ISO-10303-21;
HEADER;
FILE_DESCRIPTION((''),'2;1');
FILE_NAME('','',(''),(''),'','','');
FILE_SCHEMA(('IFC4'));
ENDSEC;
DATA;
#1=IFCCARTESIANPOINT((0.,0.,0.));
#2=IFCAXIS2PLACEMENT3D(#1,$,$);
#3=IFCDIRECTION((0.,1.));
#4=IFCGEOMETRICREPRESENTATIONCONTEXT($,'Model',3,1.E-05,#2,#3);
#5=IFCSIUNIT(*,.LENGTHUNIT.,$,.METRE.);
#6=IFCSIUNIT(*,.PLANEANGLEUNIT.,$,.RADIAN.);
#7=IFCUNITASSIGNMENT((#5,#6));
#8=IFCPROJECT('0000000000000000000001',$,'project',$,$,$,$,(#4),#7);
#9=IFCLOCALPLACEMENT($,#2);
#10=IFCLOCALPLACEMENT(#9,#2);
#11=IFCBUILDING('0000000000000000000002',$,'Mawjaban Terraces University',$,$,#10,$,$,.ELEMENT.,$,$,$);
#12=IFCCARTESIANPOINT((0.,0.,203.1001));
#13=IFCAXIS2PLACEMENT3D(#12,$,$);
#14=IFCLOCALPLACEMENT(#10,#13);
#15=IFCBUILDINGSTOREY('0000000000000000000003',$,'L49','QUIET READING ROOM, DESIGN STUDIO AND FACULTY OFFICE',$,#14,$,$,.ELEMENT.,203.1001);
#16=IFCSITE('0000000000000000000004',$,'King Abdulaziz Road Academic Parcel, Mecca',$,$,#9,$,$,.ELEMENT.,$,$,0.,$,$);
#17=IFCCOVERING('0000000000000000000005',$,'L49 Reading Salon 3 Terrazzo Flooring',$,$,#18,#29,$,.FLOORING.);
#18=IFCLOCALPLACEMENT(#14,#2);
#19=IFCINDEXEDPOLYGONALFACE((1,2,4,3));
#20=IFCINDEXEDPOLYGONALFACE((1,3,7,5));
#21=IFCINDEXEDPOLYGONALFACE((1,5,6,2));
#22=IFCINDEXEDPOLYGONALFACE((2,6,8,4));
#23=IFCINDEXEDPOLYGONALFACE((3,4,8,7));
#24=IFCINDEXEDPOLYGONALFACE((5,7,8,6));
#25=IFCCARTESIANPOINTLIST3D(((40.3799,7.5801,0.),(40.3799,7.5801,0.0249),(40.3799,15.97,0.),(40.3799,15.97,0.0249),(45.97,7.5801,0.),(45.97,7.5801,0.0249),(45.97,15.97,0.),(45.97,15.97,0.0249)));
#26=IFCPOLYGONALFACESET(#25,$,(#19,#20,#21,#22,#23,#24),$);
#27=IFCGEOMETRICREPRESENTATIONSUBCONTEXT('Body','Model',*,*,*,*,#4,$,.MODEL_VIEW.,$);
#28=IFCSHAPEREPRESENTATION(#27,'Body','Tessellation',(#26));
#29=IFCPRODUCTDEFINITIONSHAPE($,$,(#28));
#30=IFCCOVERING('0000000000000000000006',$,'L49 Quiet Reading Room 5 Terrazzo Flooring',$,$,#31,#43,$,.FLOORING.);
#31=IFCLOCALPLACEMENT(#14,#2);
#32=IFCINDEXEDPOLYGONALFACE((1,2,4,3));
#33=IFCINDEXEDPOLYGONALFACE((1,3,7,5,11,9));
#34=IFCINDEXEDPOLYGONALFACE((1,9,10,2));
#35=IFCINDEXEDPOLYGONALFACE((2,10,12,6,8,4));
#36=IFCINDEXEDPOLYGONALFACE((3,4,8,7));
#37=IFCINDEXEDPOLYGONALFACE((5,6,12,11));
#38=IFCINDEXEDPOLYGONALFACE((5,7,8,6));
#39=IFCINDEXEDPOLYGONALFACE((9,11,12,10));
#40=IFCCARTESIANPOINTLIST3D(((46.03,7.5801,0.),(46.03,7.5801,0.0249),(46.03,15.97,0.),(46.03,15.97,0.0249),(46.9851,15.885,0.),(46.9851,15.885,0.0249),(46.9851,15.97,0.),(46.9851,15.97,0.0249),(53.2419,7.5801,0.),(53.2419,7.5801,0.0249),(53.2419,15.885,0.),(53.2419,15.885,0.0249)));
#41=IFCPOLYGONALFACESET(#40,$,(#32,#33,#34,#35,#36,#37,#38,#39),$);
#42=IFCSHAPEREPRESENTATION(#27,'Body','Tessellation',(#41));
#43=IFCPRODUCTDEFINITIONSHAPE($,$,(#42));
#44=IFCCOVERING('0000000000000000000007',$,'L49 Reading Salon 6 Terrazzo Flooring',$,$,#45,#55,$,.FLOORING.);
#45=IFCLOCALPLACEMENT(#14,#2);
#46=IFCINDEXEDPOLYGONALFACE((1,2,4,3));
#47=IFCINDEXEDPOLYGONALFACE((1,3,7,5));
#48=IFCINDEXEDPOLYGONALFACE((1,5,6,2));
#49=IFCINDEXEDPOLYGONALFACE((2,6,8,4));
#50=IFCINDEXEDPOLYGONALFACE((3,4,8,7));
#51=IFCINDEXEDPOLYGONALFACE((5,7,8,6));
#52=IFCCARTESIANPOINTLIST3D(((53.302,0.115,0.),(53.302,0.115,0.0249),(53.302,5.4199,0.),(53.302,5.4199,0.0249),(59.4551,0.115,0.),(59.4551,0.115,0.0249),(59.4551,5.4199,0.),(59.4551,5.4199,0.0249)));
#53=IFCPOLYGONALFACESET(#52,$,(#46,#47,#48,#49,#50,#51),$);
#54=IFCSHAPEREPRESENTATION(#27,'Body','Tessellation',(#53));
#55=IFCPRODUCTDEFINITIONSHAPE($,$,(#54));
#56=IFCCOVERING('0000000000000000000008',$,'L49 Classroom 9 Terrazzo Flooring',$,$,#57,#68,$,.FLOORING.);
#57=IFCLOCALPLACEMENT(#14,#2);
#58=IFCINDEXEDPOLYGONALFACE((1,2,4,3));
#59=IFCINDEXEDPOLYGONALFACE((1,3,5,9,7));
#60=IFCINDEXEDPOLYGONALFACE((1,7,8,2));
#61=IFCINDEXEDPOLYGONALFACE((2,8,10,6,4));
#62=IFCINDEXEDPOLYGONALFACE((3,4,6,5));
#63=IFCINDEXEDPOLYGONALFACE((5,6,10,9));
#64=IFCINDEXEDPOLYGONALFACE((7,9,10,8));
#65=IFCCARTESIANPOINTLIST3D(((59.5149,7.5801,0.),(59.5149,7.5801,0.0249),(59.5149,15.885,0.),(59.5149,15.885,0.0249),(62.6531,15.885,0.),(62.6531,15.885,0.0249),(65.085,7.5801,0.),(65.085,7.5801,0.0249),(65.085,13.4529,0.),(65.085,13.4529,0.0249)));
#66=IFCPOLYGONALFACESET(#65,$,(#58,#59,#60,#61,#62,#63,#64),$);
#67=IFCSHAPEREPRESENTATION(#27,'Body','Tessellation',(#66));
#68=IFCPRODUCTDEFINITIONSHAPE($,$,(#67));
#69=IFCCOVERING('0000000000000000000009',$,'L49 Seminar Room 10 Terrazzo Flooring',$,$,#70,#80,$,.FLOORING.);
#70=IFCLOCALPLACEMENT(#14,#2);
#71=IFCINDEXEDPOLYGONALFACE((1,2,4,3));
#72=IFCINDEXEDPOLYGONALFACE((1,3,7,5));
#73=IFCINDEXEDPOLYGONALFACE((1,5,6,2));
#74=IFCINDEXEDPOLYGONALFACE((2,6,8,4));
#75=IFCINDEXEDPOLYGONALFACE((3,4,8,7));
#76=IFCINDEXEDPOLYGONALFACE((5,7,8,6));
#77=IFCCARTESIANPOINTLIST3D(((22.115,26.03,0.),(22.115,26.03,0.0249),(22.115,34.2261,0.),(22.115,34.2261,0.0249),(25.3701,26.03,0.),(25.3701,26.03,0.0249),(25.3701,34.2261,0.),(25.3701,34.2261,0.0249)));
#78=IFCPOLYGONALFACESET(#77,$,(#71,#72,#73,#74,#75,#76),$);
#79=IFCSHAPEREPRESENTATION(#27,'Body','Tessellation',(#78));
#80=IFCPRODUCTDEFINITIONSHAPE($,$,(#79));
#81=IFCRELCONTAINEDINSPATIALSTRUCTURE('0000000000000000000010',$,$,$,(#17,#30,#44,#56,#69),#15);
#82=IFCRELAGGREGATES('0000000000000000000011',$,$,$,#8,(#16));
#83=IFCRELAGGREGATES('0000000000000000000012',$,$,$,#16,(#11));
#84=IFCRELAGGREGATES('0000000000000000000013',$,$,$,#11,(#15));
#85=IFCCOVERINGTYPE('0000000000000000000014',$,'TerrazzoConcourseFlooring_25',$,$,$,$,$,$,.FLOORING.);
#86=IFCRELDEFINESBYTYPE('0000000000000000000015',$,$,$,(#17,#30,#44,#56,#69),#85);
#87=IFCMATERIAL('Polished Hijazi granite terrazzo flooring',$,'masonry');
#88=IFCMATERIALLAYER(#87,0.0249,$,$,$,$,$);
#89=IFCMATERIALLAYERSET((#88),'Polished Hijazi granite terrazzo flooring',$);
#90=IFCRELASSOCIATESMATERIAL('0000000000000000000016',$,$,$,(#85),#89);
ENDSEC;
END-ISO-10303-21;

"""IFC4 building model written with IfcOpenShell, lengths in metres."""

from ifc_helpers import new_model, si_unit, direction, frame, origin, place, context, subcontext, project, spatial, polyline, outline, extrude, material, layer, layer_set, type_object, element, save


model = new_model("IFC4")

# Units and contexts
model_context = context("Model", 3, precision=1e-05, world=origin(), true_north=direction((0.0, 1.0)))
body_context = subcontext(model_context, "Body", "Model", "MODEL_VIEW")
ifc_project = project(units=[si_unit("LENGTHUNIT", "METRE"), si_unit("PLANEANGLEUNIT", "RADIAN")], contexts=[model_context])

# Site, building, storey
site_placement = place(None, origin())
site = spatial("IfcSite", under=ifc_project, at=site_placement, Name="King Abdulaziz Road Academic Parcel, Mecca", CompositionType="ELEMENT", RefElevation=0.0)
building_placement = place(site_placement, origin())
building = spatial("IfcBuilding", under=site, at=building_placement, Name="Mawjaban Terraces University", CompositionType="ELEMENT")
storey_placement = place(building_placement, frame((0.0, 0.0, 203.1001)))
storey = spatial("IfcBuildingStorey", under=building, at=storey_placement, Name="L49", Description="QUIET READING ROOM, DESIGN STUDIO AND FACULTY OFFICE", CompositionType="ELEMENT", Elevation=203.1001)

# Coverings
ifc_material_1 = material(Name="Polished Hijazi granite terrazzo flooring", Category="masonry")
ifc_layer_1 = layer(ifc_material_1, 0.0249)
ifc_layer_set_1 = layer_set([ifc_layer_1], Name="Polished Hijazi granite terrazzo flooring")
covering_type_1 = type_object("IfcCoveringType", Name="TerrazzoConcourseFlooring_25", PredefinedType="FLOORING", material=ifc_layer_set_1)
covering_1_placement = place(storey_placement, origin())
element("IfcCovering", 1, at=covering_1_placement, inside=storey, type_object=covering_type_1, Name="L49 Reading Salon 3 Terrazzo Flooring", PredefinedType="FLOORING", context=body_context, shape_type="SweptSolid", body=[
    extrude(outline(polyline([(45.97, 7.5801), (45.97, 15.97), (40.3799, 15.97), (40.3799, 7.5801), (45.97, 7.5801)])), origin(), (0.0, 0.0, 1.0), 0.0249),
])
covering_2_placement = place(storey_placement, origin())
element("IfcCovering", 2, at=covering_2_placement, inside=storey, type_object=covering_type_1, Name="L49 Quiet Reading Room 5 Terrazzo Flooring", PredefinedType="FLOORING", context=body_context, shape_type="SweptSolid", body=[
    extrude(outline(polyline([(53.2419, 15.885), (46.9851, 15.885), (46.9851, 15.97), (46.03, 15.97), (46.03, 7.5801), (53.2419, 7.5801), (53.2419, 15.885)])), origin(), (0.0, 0.0, 1.0), 0.0249),
])
covering_3_placement = place(storey_placement, origin())
element("IfcCovering", 3, at=covering_3_placement, inside=storey, type_object=covering_type_1, Name="L49 Reading Salon 6 Terrazzo Flooring", PredefinedType="FLOORING", context=body_context, shape_type="SweptSolid", body=[
    extrude(outline(polyline([(53.302, 0.115), (59.4551, 0.115), (59.4551, 5.4199), (53.302, 5.4199), (53.302, 0.115)])), origin(), (0.0, 0.0, 1.0), 0.0249),
])
covering_4_placement = place(storey_placement, origin())
element("IfcCovering", 4, at=covering_4_placement, inside=storey, type_object=covering_type_1, Name="L49 Classroom 9 Terrazzo Flooring", PredefinedType="FLOORING", context=body_context, shape_type="SweptSolid", body=[
    extrude(outline(polyline([(65.085, 7.5801), (65.085, 13.4529), (62.6531, 15.885), (59.5149, 15.885), (59.5149, 7.5801), (65.085, 7.5801)])), origin(), (0.0, 0.0, 1.0), 0.0249),
])
covering_5_placement = place(storey_placement, origin())
element("IfcCovering", 5, at=covering_5_placement, inside=storey, type_object=covering_type_1, Name="L49 Seminar Room 10 Terrazzo Flooring", PredefinedType="FLOORING", context=body_context, shape_type="SweptSolid", body=[
    extrude(outline(polyline([(22.115, 34.2261), (22.115, 26.03), (25.3701, 26.03), (25.3701, 34.2261), (22.115, 34.2261)])), origin(), (0.0, 0.0, 1.0), 0.0249),
])

save(model, "model.ifc")
